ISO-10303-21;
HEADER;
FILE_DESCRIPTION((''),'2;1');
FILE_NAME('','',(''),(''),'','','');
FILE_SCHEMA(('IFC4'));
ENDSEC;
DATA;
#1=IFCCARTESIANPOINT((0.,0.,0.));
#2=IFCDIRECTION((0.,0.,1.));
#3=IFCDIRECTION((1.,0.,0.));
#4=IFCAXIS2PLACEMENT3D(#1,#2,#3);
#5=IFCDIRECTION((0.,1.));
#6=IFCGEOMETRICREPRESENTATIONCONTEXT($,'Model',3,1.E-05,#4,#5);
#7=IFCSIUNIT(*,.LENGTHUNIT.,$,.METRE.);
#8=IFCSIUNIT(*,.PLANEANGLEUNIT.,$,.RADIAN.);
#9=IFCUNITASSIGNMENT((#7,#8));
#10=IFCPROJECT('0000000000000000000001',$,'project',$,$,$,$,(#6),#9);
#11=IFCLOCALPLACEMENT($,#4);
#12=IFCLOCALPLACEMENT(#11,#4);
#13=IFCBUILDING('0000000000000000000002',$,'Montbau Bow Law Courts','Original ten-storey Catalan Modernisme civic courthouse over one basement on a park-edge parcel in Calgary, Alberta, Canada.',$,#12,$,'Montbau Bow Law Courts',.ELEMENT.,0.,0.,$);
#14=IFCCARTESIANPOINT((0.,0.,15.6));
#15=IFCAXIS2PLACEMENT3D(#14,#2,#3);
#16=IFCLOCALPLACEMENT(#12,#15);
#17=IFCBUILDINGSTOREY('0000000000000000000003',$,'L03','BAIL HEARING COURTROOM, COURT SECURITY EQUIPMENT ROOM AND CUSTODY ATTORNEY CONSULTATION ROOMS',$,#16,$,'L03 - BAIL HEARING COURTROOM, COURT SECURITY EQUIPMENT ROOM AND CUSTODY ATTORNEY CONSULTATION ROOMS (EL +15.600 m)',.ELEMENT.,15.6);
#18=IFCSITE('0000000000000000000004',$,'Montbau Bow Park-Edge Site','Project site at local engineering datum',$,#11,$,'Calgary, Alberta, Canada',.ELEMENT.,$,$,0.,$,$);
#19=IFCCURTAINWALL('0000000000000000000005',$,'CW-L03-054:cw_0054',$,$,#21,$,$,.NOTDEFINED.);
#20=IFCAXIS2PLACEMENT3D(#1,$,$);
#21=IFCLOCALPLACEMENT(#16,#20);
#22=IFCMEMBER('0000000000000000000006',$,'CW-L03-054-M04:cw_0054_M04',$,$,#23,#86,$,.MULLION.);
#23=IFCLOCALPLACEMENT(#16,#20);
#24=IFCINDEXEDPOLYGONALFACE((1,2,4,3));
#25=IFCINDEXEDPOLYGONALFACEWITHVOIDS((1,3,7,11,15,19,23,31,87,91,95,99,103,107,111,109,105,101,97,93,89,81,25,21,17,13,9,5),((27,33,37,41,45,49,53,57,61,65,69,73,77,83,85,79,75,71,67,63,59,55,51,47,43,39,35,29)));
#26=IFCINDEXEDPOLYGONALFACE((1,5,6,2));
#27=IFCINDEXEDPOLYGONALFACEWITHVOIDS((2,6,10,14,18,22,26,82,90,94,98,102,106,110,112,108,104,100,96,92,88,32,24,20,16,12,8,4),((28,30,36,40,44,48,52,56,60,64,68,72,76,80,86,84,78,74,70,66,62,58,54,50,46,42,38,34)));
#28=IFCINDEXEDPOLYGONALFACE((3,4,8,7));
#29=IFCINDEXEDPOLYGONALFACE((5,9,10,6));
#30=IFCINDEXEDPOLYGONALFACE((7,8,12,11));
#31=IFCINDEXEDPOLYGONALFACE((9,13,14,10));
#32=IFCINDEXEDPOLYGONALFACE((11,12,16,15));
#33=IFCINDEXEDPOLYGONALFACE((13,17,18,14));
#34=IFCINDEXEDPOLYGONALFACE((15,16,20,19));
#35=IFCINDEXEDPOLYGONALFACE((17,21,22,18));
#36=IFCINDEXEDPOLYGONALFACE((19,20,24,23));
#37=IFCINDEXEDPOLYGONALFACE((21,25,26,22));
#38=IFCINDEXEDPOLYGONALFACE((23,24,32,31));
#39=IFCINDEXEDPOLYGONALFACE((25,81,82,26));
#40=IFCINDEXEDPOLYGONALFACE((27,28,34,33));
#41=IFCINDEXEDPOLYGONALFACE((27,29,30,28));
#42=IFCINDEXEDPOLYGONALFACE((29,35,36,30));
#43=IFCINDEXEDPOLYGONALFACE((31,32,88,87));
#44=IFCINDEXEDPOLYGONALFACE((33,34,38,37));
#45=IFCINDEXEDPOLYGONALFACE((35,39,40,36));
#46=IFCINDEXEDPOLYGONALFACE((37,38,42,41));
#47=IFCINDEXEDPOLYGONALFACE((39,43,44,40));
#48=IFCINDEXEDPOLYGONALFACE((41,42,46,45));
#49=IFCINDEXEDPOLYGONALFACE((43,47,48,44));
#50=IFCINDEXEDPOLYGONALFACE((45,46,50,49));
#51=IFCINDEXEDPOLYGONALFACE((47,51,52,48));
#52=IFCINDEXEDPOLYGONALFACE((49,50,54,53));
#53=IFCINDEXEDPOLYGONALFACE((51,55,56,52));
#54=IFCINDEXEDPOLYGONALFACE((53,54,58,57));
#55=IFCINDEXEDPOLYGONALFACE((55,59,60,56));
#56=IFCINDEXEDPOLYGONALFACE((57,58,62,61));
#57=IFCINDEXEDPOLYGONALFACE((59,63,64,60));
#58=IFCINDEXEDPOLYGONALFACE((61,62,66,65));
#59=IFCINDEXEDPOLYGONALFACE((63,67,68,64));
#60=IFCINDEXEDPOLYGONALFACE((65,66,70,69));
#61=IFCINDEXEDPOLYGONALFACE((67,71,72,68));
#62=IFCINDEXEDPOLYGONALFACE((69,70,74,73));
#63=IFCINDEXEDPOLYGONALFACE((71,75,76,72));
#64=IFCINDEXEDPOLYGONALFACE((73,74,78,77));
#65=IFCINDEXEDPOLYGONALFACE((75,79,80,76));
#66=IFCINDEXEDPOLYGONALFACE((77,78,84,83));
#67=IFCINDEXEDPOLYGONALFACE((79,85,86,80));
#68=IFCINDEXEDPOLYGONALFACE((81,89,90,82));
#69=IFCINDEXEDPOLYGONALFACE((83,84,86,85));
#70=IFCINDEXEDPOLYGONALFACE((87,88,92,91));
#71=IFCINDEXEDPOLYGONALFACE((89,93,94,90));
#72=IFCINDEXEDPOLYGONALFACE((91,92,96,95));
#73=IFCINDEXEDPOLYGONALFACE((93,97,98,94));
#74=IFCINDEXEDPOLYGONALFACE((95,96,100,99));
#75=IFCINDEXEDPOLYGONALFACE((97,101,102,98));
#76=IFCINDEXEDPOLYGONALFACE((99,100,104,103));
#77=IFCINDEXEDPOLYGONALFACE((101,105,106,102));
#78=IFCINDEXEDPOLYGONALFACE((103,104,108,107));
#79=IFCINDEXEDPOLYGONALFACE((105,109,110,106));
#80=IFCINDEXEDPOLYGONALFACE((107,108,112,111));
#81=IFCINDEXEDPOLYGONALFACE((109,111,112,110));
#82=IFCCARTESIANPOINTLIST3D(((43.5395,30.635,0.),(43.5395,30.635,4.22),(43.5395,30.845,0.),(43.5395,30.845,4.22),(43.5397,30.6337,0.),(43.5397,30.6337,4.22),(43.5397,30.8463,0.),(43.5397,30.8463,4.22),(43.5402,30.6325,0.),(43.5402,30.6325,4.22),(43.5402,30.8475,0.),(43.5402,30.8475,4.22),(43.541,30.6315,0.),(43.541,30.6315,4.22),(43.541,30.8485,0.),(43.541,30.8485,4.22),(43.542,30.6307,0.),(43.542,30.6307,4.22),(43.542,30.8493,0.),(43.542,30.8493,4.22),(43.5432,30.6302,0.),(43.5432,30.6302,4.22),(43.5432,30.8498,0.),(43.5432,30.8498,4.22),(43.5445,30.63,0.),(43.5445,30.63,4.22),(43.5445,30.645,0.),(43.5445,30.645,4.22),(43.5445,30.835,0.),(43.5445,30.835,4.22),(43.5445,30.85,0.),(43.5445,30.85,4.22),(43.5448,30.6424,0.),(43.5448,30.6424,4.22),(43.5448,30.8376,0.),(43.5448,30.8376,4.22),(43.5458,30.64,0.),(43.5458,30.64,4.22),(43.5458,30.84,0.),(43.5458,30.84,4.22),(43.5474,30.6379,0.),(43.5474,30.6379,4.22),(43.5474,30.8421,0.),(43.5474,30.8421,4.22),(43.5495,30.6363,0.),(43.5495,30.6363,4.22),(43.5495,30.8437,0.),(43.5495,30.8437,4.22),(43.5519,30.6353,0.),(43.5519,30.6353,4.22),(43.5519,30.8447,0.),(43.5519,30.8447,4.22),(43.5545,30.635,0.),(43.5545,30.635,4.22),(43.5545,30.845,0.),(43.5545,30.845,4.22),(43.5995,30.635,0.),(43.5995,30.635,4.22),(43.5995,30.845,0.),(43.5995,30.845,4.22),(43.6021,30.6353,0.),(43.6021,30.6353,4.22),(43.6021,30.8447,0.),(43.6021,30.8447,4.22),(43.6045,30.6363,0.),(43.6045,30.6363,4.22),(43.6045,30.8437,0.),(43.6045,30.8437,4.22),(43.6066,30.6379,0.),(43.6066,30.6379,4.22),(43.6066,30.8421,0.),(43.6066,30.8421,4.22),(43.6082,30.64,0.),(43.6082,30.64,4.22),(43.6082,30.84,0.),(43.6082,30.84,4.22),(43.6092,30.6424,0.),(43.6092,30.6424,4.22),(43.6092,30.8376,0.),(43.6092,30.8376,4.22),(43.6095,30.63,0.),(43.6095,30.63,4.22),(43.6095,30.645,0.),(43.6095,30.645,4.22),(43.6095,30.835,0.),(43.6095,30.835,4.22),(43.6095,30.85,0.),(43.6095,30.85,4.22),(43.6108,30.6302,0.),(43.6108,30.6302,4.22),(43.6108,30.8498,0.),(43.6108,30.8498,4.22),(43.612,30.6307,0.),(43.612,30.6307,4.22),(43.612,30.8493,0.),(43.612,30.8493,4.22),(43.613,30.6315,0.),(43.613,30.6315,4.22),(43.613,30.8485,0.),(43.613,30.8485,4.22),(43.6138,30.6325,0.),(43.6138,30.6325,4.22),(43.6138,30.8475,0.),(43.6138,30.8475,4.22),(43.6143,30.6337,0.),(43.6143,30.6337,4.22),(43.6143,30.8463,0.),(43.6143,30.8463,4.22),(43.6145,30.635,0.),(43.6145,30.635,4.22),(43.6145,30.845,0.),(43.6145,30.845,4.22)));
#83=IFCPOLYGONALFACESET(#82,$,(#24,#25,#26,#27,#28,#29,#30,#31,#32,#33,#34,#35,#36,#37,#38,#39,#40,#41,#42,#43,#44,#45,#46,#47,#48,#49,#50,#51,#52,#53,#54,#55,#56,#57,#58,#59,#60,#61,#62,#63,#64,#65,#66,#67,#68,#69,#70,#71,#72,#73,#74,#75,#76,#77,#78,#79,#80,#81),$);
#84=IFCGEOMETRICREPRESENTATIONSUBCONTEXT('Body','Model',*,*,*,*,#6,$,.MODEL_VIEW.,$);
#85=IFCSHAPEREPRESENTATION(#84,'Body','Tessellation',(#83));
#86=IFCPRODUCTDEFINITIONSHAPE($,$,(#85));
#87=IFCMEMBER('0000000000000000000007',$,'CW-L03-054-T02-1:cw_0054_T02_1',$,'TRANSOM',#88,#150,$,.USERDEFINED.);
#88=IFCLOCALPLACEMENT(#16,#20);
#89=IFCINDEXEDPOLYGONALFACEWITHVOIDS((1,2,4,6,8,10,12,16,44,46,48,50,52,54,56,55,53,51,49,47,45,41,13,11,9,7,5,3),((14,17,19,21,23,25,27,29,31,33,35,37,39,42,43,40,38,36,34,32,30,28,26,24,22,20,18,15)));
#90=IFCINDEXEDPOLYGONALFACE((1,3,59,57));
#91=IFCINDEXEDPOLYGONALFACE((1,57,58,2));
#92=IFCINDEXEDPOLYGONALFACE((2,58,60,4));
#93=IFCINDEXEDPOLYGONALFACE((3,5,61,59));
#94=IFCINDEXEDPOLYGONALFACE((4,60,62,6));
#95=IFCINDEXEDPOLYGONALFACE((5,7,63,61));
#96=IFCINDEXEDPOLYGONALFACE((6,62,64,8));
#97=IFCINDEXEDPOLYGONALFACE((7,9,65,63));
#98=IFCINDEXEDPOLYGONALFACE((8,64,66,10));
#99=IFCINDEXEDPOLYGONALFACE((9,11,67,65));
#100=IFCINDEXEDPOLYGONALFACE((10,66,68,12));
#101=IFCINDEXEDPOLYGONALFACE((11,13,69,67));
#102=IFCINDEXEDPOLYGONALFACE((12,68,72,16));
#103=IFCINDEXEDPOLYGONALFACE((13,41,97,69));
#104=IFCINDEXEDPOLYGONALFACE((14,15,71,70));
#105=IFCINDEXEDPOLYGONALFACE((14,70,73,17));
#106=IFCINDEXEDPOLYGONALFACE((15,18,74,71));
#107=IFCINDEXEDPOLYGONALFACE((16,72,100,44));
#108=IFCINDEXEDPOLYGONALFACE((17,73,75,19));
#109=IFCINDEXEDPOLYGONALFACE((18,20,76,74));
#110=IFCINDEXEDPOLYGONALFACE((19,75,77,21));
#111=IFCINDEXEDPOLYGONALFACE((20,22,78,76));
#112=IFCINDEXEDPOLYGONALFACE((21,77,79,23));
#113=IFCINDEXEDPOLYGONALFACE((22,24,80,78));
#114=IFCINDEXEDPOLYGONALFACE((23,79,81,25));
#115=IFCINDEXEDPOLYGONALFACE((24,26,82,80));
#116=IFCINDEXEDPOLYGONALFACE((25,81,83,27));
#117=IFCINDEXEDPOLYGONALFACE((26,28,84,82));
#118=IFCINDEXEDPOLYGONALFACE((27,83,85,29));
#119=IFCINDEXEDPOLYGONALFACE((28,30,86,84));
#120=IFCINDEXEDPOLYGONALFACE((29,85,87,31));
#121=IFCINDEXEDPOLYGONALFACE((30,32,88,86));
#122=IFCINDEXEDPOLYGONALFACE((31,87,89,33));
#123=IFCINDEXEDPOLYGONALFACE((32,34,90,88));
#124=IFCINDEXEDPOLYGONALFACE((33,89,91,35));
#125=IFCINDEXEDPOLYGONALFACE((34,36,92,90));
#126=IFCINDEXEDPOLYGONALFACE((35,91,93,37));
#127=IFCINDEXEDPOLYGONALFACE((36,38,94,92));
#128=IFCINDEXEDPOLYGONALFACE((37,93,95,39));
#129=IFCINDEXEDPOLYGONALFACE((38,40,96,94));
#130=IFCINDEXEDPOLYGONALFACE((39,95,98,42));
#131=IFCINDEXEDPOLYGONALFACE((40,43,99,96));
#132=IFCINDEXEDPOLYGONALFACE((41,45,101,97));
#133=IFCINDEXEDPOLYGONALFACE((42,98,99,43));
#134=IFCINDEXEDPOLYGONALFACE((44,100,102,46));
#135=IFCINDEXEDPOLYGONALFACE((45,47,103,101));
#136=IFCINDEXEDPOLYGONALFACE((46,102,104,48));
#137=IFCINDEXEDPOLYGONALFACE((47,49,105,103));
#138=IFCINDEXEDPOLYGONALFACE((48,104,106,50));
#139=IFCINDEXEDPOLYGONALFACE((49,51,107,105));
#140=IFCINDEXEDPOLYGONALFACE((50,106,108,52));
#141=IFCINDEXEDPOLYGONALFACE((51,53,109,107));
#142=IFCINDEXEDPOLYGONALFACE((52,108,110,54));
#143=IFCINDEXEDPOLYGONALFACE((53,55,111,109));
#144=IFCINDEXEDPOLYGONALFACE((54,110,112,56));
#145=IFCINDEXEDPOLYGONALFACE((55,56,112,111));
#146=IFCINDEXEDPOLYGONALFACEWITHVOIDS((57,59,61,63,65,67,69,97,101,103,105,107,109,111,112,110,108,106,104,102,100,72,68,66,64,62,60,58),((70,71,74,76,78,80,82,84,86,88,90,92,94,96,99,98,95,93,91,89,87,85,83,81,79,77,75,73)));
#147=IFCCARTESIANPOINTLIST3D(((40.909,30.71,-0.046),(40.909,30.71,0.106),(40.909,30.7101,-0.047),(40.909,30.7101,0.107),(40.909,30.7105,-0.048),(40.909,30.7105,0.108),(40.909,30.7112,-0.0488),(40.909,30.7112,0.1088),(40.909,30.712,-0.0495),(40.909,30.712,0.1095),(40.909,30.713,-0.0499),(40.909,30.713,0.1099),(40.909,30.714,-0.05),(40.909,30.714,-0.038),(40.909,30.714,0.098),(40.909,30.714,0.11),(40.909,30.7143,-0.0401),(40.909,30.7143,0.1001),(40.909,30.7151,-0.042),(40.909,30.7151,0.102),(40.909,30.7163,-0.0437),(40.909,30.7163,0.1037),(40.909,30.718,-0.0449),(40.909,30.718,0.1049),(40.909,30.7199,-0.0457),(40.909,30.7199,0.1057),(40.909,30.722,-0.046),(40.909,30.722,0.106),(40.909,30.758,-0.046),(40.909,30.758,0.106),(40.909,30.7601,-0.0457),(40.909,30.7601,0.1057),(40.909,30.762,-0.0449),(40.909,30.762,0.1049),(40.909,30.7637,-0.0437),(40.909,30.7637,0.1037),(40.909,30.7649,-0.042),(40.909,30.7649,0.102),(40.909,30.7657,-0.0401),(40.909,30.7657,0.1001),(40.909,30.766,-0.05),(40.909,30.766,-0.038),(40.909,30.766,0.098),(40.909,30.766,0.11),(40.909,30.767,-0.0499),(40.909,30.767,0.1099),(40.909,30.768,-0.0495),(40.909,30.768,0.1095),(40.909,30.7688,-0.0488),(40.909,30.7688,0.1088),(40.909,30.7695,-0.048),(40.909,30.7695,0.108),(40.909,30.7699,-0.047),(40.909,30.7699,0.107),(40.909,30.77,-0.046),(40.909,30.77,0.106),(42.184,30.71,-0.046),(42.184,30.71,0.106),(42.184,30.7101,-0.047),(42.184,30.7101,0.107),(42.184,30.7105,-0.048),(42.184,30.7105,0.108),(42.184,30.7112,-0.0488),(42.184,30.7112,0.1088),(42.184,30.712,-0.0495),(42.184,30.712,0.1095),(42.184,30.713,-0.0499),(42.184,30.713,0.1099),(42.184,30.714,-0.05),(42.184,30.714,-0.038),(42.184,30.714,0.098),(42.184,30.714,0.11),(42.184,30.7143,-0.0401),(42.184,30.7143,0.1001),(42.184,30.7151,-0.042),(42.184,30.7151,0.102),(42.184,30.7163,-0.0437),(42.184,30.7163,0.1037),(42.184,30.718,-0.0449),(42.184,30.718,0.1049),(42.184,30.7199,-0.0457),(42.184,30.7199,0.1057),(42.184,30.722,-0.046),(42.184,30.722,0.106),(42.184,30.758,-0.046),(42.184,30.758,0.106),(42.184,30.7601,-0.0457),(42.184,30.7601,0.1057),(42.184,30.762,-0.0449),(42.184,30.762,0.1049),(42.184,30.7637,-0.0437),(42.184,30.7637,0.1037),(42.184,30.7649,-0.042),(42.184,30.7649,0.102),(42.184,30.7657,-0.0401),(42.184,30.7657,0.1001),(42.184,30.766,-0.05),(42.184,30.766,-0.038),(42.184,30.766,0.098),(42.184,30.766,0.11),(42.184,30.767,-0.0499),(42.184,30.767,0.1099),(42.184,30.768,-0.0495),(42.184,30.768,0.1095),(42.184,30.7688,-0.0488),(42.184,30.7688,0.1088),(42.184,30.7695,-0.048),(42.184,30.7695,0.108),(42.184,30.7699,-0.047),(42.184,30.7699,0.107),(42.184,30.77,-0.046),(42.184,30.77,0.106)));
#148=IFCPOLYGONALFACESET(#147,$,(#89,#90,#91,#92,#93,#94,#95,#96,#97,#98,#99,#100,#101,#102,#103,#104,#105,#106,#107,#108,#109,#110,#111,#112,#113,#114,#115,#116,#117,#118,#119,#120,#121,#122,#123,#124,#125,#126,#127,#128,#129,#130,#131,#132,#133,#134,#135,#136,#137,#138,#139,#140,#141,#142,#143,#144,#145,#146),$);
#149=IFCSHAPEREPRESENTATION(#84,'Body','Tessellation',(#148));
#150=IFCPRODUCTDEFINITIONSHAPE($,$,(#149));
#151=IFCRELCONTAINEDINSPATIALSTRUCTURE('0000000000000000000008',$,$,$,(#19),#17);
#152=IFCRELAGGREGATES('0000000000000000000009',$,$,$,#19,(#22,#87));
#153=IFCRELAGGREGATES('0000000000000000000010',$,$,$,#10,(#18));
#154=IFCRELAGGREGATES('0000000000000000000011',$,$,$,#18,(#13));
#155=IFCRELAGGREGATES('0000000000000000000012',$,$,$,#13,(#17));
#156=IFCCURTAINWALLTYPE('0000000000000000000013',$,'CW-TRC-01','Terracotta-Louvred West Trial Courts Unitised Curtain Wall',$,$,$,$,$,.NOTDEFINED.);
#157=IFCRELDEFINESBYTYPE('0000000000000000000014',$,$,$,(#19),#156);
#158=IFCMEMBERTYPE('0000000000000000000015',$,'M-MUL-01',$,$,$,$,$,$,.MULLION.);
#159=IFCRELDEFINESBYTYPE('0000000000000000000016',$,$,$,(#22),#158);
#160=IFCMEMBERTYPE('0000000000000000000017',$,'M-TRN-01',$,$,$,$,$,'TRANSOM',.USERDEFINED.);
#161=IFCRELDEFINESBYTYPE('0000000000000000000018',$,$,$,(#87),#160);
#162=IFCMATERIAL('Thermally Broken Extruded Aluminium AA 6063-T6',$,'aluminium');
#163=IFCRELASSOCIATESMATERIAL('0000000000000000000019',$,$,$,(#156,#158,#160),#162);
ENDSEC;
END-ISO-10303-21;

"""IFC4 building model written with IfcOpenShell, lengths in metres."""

from ifc_helpers import new_model, si_unit, direction, frame, origin_with_axes, origin_2d_with_axis, place, context, subcontext, project, spatial, hollow_rectangle, extrude, material, material_profile, profile_set, type_object, element, aggregate, save


model = new_model("IFC4")

# Units and contexts
model_context = context("Model", 3, precision=1e-05, world=origin_with_axes(), true_north=direction((0.0, 1.0)))
body_context = subcontext(model_context, "Body", "Model", "MODEL_VIEW")
ifc_project = project(units=[si_unit("LENGTHUNIT", "METRE"), si_unit("PLANEANGLEUNIT", "RADIAN")], contexts=[model_context])

# Site, building, storey
site_placement = place(None, origin_with_axes())
site = spatial("IfcSite", under=ifc_project, at=site_placement, Name="Montbau Bow Park-Edge Site", Description="Project site at local engineering datum", LongName="Calgary, Alberta, Canada", CompositionType="ELEMENT", RefElevation=0.0)
building_placement = place(site_placement, origin_with_axes())
building = spatial("IfcBuilding", under=site, at=building_placement, Name="Montbau Bow Law Courts", Description="Original ten-storey Catalan Modernisme civic courthouse over one basement on a park-edge parcel in Calgary, Alberta, Canada.", LongName="Montbau Bow Law Courts", CompositionType="ELEMENT", ElevationOfRefHeight=0.0, ElevationOfTerrain=0.0)
storey_placement = place(building_placement, frame((0.0, 0.0, 15.6), z_axis=(0.0, 0.0, 1.0), x_axis=(1.0, 0.0, 0.0)))
storey = spatial("IfcBuildingStorey", under=building, at=storey_placement, Name="L03", Description="BAIL HEARING COURTROOM, COURT SECURITY EQUIPMENT ROOM AND CUSTODY ATTORNEY CONSULTATION ROOMS", LongName="L03 - BAIL HEARING COURTROOM, COURT SECURITY EQUIPMENT ROOM AND CUSTODY ATTORNEY CONSULTATION ROOMS (EL +15.600 m)", CompositionType="ELEMENT", Elevation=15.6)

# Curtain wall, members
ifc_material_1 = material(Name="Thermally Broken Extruded Aluminium AA 6063-T6", Category="aluminium")
curtain_wall_type = type_object("IfcCurtainWallType", Name="CW-TRC-01", Description="Terracotta-Louvred West Trial Courts Unitised Curtain Wall", PredefinedType="NOTDEFINED", material=ifc_material_1)
curtain_wall_placement = place(None, frame((39.515, 30.74, 15.6), z_axis=(0.0, 0.0, 1.0), x_axis=(1.0, 0.0, 0.0)))
curtain_wall = element("IfcCurtainWall", 1, at=curtain_wall_placement, inside=storey, type_object=curtain_wall_type, Name="CW-L03-054:cw_0054", PredefinedType="NOTDEFINED")
ifc_material_profile_1 = material_profile(ifc_material_1, hollow_rectangle(XDim=0.075, YDim=0.22, WallThickness=0.005, InnerFilletRadius=0.01, OuterFilletRadius=0.005, at=origin_2d_with_axis()), Name="CWM-220X75", Category="Main", Priority=0)
ifc_profile_set_1 = profile_set([ifc_material_profile_1], Name="Thermally Broken Extruded Aluminium AA 6063-T6")
member_type_1 = type_object("IfcMemberType", Name="M-MUL-01", PredefinedType="MULLION", material=ifc_profile_set_1)
member_1_placement = place(None, frame((43.577, 30.74, 15.6), z_axis=(0.0, 0.0, 1.0), x_axis=(1.0, 0.0, 0.0)))
member_1 = element("IfcMember", 2, at=member_1_placement, type_object=member_type_1, Name="CW-L03-054-M04:cw_0054_M04", PredefinedType="MULLION", context=body_context, shape_type="SweptSolid", body=[
    extrude(hollow_rectangle(XDim=0.075, YDim=0.22, WallThickness=0.005, InnerFilletRadius=0.01, OuterFilletRadius=0.005, at=origin_2d_with_axis()), origin_with_axes(), (0.0, 0.0, 1.0), 4.22),
])
ifc_material_profile_2 = material_profile(ifc_material_1, hollow_rectangle(XDim=0.06, YDim=0.16, WallThickness=0.004, InnerFilletRadius=0.008, OuterFilletRadius=0.004, at=origin_2d_with_axis()), Name="CWT-160X60", Category="Main", Priority=0)
ifc_profile_set_2 = profile_set([ifc_material_profile_2], Name="Thermally Broken Extruded Aluminium AA 6063-T6")
member_type_2 = type_object("IfcMemberType", Name="M-TRN-01", ElementType="TRANSOM", PredefinedType="USERDEFINED", material=ifc_profile_set_2)
member_2_placement = place(None, frame((40.909, 30.74, 15.63), z_axis=(1.0, 0.0, 0.0), x_axis=(0.0, 1.0, 0.0)))
member_2 = element("IfcMember", 3, at=member_2_placement, type_object=member_type_2, Name="CW-L03-054-T02-1:cw_0054_T02_1", ObjectType="TRANSOM", PredefinedType="USERDEFINED", context=body_context, shape_type="SweptSolid", body=[
    extrude(hollow_rectangle(XDim=0.06, YDim=0.16, WallThickness=0.004, InnerFilletRadius=0.008, OuterFilletRadius=0.004, at=origin_2d_with_axis()), origin_with_axes(), (0.0, 0.0, 1.0), 1.275),
])
aggregate(curtain_wall, [member_1, member_2])

save(model, "model.ifc")
